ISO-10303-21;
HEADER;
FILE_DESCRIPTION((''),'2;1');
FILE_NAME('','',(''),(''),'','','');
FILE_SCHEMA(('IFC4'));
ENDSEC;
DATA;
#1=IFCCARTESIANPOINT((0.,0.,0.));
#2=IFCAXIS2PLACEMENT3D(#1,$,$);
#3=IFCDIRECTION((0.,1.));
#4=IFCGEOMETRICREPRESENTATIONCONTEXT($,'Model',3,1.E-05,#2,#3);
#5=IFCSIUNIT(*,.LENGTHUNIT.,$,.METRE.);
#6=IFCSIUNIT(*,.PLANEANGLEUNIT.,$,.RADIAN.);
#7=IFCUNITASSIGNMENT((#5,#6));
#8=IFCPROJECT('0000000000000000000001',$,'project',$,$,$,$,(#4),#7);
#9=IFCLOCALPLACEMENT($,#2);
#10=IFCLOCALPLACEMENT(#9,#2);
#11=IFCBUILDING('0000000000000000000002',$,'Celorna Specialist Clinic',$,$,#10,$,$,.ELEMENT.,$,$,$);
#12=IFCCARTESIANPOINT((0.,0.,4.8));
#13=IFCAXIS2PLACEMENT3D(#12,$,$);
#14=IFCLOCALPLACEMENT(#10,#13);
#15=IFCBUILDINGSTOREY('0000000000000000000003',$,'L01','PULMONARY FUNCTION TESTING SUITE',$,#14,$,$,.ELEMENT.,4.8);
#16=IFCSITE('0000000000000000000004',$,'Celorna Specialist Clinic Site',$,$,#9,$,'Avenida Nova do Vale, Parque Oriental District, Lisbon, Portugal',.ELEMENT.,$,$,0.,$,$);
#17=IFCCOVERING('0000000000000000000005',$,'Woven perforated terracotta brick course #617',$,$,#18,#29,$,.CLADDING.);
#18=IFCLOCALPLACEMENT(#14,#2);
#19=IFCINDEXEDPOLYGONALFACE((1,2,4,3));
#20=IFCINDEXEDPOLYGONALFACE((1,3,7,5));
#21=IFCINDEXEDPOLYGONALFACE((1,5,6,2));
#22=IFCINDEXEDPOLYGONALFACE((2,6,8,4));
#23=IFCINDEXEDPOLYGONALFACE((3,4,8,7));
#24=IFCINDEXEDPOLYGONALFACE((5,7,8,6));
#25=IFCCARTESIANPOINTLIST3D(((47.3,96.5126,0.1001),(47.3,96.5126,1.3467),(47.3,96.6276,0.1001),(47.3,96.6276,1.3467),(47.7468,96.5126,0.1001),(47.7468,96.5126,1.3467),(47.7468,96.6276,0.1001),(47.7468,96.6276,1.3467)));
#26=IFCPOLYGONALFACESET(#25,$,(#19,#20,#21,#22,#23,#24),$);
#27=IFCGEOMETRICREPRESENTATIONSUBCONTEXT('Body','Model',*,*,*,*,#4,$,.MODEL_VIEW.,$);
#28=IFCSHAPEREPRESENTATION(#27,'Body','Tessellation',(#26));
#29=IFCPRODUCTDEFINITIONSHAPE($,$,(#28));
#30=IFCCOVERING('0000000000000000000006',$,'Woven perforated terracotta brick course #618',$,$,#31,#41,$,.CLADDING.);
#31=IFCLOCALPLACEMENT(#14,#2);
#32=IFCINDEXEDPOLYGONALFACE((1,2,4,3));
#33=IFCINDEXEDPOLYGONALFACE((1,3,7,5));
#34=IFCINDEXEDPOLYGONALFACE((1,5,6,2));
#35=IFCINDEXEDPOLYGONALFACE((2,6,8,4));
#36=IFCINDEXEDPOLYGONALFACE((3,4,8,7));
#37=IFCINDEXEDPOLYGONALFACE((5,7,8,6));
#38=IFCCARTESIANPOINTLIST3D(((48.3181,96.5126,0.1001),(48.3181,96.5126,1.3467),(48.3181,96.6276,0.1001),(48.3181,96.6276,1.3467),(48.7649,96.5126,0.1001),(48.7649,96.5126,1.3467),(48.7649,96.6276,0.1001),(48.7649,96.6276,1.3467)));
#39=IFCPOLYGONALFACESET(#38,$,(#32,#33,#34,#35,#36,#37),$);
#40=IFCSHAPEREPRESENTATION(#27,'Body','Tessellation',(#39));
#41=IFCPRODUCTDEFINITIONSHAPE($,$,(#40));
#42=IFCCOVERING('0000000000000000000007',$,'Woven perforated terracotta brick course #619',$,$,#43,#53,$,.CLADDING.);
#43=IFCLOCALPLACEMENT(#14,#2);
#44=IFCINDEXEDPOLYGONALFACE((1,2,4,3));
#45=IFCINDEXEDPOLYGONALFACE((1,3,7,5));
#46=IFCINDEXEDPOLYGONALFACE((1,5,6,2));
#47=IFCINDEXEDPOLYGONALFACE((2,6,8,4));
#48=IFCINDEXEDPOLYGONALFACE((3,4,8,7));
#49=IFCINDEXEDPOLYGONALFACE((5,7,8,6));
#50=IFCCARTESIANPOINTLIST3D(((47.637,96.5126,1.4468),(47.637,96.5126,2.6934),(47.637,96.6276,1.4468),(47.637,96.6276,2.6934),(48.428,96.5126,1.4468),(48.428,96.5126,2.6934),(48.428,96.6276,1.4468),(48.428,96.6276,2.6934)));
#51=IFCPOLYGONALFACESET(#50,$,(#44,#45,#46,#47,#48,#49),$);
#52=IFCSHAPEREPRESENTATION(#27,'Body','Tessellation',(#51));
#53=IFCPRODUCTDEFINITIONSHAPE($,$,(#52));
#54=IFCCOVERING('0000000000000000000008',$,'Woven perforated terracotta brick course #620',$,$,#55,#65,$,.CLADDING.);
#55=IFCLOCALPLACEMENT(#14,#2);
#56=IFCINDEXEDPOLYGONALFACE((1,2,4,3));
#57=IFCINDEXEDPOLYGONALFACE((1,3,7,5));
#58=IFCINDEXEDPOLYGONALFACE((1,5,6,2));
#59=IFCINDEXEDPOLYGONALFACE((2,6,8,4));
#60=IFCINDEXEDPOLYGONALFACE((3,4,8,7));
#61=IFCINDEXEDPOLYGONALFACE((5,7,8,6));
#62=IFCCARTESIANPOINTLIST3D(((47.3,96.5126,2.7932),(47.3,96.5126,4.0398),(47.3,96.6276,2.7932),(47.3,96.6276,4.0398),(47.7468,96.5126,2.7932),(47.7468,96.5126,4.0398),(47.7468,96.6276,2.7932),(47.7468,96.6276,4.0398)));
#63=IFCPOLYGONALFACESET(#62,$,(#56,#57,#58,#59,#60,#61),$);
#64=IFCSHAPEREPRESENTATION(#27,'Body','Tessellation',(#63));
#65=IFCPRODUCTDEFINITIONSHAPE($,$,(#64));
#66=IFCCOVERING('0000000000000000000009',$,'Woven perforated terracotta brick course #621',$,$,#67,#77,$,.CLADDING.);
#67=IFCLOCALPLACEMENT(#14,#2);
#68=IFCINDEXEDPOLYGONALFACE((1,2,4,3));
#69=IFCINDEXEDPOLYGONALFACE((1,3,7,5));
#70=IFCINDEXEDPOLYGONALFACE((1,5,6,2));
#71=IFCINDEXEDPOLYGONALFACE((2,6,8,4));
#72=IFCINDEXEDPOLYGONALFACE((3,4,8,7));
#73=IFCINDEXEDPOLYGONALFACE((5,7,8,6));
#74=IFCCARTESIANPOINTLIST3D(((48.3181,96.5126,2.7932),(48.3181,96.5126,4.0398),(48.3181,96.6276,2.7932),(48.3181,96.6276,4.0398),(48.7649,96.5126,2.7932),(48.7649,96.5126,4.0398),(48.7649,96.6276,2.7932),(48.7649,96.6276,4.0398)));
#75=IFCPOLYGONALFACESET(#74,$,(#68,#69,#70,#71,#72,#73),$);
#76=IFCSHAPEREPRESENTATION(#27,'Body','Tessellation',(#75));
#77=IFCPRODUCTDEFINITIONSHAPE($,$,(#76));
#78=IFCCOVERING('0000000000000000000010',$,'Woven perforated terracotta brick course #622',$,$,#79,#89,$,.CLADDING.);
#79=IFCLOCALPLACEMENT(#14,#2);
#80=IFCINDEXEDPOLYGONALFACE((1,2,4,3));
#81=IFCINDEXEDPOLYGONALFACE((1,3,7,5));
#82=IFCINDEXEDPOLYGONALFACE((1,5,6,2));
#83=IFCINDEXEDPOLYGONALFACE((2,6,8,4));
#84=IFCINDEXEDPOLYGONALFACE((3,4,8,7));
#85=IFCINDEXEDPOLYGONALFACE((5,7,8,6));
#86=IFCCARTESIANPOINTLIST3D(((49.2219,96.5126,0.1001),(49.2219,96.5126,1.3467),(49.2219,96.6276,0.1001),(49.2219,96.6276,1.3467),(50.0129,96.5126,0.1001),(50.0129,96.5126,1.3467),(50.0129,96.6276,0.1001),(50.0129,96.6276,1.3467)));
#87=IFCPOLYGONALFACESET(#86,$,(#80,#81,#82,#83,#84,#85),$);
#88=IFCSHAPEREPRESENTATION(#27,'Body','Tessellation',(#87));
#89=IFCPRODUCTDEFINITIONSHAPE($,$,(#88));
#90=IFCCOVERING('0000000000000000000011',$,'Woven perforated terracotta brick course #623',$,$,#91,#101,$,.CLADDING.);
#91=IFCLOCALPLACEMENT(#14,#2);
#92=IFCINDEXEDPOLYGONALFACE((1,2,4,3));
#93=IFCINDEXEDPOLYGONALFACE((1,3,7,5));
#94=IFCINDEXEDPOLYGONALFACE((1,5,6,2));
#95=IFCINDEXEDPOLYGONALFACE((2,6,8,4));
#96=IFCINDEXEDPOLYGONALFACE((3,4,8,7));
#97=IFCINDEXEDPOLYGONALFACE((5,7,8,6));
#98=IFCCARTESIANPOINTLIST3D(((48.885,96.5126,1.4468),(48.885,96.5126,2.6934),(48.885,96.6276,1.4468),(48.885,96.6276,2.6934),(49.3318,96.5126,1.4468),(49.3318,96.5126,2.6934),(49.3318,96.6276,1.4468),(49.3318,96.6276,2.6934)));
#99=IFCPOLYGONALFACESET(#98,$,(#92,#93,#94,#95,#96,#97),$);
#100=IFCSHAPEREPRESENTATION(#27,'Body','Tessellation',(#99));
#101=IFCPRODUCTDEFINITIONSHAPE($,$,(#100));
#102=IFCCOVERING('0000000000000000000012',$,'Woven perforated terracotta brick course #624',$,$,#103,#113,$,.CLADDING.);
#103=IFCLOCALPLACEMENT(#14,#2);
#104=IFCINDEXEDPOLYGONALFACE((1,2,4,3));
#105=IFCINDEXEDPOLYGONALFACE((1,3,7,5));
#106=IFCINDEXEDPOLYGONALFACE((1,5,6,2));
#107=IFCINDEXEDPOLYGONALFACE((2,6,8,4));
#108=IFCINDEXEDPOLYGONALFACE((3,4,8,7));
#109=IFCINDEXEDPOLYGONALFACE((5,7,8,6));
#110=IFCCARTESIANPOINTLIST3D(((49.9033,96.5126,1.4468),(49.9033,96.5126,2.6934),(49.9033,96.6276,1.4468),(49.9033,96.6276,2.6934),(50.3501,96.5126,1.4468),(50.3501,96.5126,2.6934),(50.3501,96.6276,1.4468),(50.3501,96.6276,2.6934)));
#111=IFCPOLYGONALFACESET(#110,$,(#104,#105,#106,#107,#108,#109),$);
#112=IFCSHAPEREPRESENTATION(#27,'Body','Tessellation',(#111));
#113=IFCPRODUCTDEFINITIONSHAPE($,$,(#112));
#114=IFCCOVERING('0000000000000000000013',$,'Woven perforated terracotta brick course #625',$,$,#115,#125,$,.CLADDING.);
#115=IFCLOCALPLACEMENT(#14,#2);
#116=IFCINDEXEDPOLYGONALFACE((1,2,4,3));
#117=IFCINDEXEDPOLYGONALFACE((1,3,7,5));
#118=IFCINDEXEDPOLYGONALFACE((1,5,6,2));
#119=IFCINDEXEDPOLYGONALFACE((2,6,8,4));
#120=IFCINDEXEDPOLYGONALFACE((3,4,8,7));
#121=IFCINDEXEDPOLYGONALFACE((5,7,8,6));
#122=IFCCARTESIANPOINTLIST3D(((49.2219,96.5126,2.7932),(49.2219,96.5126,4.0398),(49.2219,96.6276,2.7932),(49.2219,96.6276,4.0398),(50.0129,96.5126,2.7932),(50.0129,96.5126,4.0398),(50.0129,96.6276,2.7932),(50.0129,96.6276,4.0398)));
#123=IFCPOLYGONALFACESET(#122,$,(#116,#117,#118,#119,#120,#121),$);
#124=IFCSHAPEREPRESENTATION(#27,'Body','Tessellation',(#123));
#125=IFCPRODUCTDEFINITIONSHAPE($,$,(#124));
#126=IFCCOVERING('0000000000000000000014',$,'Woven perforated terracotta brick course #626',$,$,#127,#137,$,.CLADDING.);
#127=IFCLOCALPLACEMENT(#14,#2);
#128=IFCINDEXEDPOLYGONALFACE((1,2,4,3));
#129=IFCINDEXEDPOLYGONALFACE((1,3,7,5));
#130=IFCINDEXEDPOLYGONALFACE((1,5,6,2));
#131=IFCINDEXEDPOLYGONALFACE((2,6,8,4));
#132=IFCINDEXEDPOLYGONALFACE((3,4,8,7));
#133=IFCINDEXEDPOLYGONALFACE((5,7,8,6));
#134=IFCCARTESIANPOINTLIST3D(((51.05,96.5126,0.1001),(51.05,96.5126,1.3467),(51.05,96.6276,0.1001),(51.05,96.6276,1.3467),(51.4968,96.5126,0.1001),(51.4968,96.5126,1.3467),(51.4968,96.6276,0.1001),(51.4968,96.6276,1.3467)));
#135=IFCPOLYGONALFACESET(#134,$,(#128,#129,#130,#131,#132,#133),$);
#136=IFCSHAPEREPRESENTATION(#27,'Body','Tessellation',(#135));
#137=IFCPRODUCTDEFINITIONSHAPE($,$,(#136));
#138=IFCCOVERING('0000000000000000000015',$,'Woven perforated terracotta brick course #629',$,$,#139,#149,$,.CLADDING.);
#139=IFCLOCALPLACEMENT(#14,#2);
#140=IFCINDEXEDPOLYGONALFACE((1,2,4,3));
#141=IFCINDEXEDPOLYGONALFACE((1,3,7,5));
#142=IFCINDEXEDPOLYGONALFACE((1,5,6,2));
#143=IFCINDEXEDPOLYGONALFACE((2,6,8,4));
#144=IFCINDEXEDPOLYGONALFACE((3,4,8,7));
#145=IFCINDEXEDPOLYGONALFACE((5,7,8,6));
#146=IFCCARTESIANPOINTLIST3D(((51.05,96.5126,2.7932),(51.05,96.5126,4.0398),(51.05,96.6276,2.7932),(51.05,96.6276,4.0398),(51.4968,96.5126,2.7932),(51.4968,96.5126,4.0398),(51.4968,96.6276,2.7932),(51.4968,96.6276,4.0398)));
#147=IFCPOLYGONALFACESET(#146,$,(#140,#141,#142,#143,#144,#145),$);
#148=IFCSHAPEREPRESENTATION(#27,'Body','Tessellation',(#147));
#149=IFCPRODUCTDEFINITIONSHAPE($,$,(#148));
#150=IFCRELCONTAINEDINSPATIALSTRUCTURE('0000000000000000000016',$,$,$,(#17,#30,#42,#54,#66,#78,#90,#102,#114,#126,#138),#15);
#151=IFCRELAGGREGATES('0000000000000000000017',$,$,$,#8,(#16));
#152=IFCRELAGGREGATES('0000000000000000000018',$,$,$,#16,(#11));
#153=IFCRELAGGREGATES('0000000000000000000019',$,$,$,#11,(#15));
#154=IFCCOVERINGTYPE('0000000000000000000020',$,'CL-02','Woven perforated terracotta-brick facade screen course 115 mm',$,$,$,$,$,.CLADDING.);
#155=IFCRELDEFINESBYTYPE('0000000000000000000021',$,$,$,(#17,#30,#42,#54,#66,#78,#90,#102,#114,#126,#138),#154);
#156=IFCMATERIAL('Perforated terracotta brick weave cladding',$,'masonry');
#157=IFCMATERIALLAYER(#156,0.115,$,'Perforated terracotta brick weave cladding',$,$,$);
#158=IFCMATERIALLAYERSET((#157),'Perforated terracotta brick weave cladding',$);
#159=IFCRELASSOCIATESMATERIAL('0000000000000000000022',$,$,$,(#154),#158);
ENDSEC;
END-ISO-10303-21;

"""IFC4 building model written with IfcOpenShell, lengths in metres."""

from ifc_helpers import new_model, si_unit, direction, frame, origin, origin_2d, place, context, subcontext, project, spatial, rectangle, extrude, material, layer, layer_set, type_object, element, save


model = new_model("IFC4")

# Units and contexts
model_context = context("Model", 3, precision=1e-05, world=origin(), true_north=direction((0.0, 1.0)))
body_context = subcontext(model_context, "Body", "Model", "MODEL_VIEW")
ifc_project = project(units=[si_unit("LENGTHUNIT", "METRE"), si_unit("PLANEANGLEUNIT", "RADIAN")], contexts=[model_context])

# Site, building, storey
site_placement = place(None, origin())
site = spatial("IfcSite", under=ifc_project, at=site_placement, Name="Celorna Specialist Clinic Site", LongName="Avenida Nova do Vale, Parque Oriental District, Lisbon, Portugal", CompositionType="ELEMENT", RefElevation=0.0)
building_placement = place(site_placement, origin())
building = spatial("IfcBuilding", under=site, at=building_placement, Name="Celorna Specialist Clinic", CompositionType="ELEMENT")
storey_placement = place(building_placement, frame((0.0, 0.0, 4.8)))
storey = spatial("IfcBuildingStorey", under=building, at=storey_placement, Name="L01", Description="PULMONARY FUNCTION TESTING SUITE", CompositionType="ELEMENT", Elevation=4.8)

# Coverings
ifc_material_1 = material(Name="Perforated terracotta brick weave cladding", Category="masonry")
ifc_layer_1 = layer(ifc_material_1, 0.115, Name="Perforated terracotta brick weave cladding")
ifc_layer_set_1 = layer_set([ifc_layer_1], Name="Perforated terracotta brick weave cladding")
covering_type_1 = type_object("IfcCoveringType", Name="CL-02", Description="Woven perforated terracotta-brick facade screen course 115 mm", PredefinedType="CLADDING", material=ifc_layer_set_1)
for number, where, z_axis, x_axis, name in (
    (1, (47.5234, 96.5701, 0.1001), (0.0, 0.0, 1.0), (1.0, 0.0, 0.0), "Woven perforated terracotta brick course #617"),
    (2, (48.5415, 96.5701, 0.1001), (0.0, 0.0, 1.0), (1.0, 0.0, 0.0), "Woven perforated terracotta brick course #618"),
):
    element("IfcCovering", number, at=place(storey_placement, frame(where, z_axis=z_axis, x_axis=x_axis)), inside=storey, type_object=covering_type_1, Name=name, PredefinedType="CLADDING", context=body_context, shape_type="SweptSolid", body=[
        extrude(rectangle(XDim=0.4468, YDim=0.115, at=origin_2d()), origin(), (0.0, 0.0, 1.0), 1.2466),
    ])
covering_1_placement = place(storey_placement, frame((48.0325, 96.5701, 1.4468), z_axis=(0.0, 0.0, 1.0), x_axis=(1.0, 0.0, 0.0)))
element("IfcCovering", 3, at=covering_1_placement, inside=storey, type_object=covering_type_1, Name="Woven perforated terracotta brick course #619", PredefinedType="CLADDING", context=body_context, shape_type="SweptSolid", body=[
    extrude(rectangle(XDim=0.791, YDim=0.115, at=origin_2d()), origin(), (0.0, 0.0, 1.0), 1.2466),
])
for number, where, z_axis, x_axis, name in (
    (4, (47.5234, 96.5701, 2.7932), (0.0, 0.0, 1.0), (1.0, 0.0, 0.0), "Woven perforated terracotta brick course #620"),
    (5, (48.5415, 96.5701, 2.7932), (0.0, 0.0, 1.0), (1.0, 0.0, 0.0), "Woven perforated terracotta brick course #621"),
):
    element("IfcCovering", number, at=place(storey_placement, frame(where, z_axis=z_axis, x_axis=x_axis)), inside=storey, type_object=covering_type_1, Name=name, PredefinedType="CLADDING", context=body_context, shape_type="SweptSolid", body=[
        extrude(rectangle(XDim=0.4468, YDim=0.115, at=origin_2d()), origin(), (0.0, 0.0, 1.0), 1.2466),
    ])
covering_2_placement = place(storey_placement, frame((49.6174, 96.5701, 0.1001), z_axis=(0.0, 0.0, 1.0), x_axis=(1.0, 0.0, 0.0)))
element("IfcCovering", 6, at=covering_2_placement, inside=storey, type_object=covering_type_1, Name="Woven perforated terracotta brick course #622", PredefinedType="CLADDING", context=body_context, shape_type="SweptSolid", body=[
    extrude(rectangle(XDim=0.791, YDim=0.115, at=origin_2d()), origin(), (0.0, 0.0, 1.0), 1.2466),
])
for number, where, z_axis, x_axis, name in (
    (7, (49.1084, 96.5701, 1.4468), (0.0, 0.0, 1.0), (1.0, 0.0, 0.0), "Woven perforated terracotta brick course #623"),
    (8, (50.1267, 96.5701, 1.4468), (0.0, 0.0, 1.0), (1.0, 0.0, 0.0), "Woven perforated terracotta brick course #624"),
):
    element("IfcCovering", number, at=place(storey_placement, frame(where, z_axis=z_axis, x_axis=x_axis)), inside=storey, type_object=covering_type_1, Name=name, PredefinedType="CLADDING", context=body_context, shape_type="SweptSolid", body=[
        extrude(rectangle(XDim=0.4468, YDim=0.115, at=origin_2d()), origin(), (0.0, 0.0, 1.0), 1.2466),
    ])
covering_3_placement = place(storey_placement, frame((49.6174, 96.5701, 2.7932), z_axis=(0.0, 0.0, 1.0), x_axis=(1.0, 0.0, 0.0)))
element("IfcCovering", 9, at=covering_3_placement, inside=storey, type_object=covering_type_1, Name="Woven perforated terracotta brick course #625", PredefinedType="CLADDING", context=body_context, shape_type="SweptSolid", body=[
    extrude(rectangle(XDim=0.791, YDim=0.115, at=origin_2d()), origin(), (0.0, 0.0, 1.0), 1.2466),
])
for number, where, z_axis, x_axis, name in (
    (10, (51.2734, 96.5701, 0.1001), (0.0, 0.0, 1.0), (1.0, 0.0, 0.0), "Woven perforated terracotta brick course #626"),
    (11, (51.2734, 96.5701, 2.7932), (0.0, 0.0, 1.0), (1.0, 0.0, 0.0), "Woven perforated terracotta brick course #629"),
):
    element("IfcCovering", number, at=place(storey_placement, frame(where, z_axis=z_axis, x_axis=x_axis)), inside=storey, type_object=covering_type_1, Name=name, PredefinedType="CLADDING", context=body_context, shape_type="SweptSolid", body=[
        extrude(rectangle(XDim=0.4468, YDim=0.115, at=origin_2d()), origin(), (0.0, 0.0, 1.0), 1.2466),
    ])

save(model, "model.ifc")
